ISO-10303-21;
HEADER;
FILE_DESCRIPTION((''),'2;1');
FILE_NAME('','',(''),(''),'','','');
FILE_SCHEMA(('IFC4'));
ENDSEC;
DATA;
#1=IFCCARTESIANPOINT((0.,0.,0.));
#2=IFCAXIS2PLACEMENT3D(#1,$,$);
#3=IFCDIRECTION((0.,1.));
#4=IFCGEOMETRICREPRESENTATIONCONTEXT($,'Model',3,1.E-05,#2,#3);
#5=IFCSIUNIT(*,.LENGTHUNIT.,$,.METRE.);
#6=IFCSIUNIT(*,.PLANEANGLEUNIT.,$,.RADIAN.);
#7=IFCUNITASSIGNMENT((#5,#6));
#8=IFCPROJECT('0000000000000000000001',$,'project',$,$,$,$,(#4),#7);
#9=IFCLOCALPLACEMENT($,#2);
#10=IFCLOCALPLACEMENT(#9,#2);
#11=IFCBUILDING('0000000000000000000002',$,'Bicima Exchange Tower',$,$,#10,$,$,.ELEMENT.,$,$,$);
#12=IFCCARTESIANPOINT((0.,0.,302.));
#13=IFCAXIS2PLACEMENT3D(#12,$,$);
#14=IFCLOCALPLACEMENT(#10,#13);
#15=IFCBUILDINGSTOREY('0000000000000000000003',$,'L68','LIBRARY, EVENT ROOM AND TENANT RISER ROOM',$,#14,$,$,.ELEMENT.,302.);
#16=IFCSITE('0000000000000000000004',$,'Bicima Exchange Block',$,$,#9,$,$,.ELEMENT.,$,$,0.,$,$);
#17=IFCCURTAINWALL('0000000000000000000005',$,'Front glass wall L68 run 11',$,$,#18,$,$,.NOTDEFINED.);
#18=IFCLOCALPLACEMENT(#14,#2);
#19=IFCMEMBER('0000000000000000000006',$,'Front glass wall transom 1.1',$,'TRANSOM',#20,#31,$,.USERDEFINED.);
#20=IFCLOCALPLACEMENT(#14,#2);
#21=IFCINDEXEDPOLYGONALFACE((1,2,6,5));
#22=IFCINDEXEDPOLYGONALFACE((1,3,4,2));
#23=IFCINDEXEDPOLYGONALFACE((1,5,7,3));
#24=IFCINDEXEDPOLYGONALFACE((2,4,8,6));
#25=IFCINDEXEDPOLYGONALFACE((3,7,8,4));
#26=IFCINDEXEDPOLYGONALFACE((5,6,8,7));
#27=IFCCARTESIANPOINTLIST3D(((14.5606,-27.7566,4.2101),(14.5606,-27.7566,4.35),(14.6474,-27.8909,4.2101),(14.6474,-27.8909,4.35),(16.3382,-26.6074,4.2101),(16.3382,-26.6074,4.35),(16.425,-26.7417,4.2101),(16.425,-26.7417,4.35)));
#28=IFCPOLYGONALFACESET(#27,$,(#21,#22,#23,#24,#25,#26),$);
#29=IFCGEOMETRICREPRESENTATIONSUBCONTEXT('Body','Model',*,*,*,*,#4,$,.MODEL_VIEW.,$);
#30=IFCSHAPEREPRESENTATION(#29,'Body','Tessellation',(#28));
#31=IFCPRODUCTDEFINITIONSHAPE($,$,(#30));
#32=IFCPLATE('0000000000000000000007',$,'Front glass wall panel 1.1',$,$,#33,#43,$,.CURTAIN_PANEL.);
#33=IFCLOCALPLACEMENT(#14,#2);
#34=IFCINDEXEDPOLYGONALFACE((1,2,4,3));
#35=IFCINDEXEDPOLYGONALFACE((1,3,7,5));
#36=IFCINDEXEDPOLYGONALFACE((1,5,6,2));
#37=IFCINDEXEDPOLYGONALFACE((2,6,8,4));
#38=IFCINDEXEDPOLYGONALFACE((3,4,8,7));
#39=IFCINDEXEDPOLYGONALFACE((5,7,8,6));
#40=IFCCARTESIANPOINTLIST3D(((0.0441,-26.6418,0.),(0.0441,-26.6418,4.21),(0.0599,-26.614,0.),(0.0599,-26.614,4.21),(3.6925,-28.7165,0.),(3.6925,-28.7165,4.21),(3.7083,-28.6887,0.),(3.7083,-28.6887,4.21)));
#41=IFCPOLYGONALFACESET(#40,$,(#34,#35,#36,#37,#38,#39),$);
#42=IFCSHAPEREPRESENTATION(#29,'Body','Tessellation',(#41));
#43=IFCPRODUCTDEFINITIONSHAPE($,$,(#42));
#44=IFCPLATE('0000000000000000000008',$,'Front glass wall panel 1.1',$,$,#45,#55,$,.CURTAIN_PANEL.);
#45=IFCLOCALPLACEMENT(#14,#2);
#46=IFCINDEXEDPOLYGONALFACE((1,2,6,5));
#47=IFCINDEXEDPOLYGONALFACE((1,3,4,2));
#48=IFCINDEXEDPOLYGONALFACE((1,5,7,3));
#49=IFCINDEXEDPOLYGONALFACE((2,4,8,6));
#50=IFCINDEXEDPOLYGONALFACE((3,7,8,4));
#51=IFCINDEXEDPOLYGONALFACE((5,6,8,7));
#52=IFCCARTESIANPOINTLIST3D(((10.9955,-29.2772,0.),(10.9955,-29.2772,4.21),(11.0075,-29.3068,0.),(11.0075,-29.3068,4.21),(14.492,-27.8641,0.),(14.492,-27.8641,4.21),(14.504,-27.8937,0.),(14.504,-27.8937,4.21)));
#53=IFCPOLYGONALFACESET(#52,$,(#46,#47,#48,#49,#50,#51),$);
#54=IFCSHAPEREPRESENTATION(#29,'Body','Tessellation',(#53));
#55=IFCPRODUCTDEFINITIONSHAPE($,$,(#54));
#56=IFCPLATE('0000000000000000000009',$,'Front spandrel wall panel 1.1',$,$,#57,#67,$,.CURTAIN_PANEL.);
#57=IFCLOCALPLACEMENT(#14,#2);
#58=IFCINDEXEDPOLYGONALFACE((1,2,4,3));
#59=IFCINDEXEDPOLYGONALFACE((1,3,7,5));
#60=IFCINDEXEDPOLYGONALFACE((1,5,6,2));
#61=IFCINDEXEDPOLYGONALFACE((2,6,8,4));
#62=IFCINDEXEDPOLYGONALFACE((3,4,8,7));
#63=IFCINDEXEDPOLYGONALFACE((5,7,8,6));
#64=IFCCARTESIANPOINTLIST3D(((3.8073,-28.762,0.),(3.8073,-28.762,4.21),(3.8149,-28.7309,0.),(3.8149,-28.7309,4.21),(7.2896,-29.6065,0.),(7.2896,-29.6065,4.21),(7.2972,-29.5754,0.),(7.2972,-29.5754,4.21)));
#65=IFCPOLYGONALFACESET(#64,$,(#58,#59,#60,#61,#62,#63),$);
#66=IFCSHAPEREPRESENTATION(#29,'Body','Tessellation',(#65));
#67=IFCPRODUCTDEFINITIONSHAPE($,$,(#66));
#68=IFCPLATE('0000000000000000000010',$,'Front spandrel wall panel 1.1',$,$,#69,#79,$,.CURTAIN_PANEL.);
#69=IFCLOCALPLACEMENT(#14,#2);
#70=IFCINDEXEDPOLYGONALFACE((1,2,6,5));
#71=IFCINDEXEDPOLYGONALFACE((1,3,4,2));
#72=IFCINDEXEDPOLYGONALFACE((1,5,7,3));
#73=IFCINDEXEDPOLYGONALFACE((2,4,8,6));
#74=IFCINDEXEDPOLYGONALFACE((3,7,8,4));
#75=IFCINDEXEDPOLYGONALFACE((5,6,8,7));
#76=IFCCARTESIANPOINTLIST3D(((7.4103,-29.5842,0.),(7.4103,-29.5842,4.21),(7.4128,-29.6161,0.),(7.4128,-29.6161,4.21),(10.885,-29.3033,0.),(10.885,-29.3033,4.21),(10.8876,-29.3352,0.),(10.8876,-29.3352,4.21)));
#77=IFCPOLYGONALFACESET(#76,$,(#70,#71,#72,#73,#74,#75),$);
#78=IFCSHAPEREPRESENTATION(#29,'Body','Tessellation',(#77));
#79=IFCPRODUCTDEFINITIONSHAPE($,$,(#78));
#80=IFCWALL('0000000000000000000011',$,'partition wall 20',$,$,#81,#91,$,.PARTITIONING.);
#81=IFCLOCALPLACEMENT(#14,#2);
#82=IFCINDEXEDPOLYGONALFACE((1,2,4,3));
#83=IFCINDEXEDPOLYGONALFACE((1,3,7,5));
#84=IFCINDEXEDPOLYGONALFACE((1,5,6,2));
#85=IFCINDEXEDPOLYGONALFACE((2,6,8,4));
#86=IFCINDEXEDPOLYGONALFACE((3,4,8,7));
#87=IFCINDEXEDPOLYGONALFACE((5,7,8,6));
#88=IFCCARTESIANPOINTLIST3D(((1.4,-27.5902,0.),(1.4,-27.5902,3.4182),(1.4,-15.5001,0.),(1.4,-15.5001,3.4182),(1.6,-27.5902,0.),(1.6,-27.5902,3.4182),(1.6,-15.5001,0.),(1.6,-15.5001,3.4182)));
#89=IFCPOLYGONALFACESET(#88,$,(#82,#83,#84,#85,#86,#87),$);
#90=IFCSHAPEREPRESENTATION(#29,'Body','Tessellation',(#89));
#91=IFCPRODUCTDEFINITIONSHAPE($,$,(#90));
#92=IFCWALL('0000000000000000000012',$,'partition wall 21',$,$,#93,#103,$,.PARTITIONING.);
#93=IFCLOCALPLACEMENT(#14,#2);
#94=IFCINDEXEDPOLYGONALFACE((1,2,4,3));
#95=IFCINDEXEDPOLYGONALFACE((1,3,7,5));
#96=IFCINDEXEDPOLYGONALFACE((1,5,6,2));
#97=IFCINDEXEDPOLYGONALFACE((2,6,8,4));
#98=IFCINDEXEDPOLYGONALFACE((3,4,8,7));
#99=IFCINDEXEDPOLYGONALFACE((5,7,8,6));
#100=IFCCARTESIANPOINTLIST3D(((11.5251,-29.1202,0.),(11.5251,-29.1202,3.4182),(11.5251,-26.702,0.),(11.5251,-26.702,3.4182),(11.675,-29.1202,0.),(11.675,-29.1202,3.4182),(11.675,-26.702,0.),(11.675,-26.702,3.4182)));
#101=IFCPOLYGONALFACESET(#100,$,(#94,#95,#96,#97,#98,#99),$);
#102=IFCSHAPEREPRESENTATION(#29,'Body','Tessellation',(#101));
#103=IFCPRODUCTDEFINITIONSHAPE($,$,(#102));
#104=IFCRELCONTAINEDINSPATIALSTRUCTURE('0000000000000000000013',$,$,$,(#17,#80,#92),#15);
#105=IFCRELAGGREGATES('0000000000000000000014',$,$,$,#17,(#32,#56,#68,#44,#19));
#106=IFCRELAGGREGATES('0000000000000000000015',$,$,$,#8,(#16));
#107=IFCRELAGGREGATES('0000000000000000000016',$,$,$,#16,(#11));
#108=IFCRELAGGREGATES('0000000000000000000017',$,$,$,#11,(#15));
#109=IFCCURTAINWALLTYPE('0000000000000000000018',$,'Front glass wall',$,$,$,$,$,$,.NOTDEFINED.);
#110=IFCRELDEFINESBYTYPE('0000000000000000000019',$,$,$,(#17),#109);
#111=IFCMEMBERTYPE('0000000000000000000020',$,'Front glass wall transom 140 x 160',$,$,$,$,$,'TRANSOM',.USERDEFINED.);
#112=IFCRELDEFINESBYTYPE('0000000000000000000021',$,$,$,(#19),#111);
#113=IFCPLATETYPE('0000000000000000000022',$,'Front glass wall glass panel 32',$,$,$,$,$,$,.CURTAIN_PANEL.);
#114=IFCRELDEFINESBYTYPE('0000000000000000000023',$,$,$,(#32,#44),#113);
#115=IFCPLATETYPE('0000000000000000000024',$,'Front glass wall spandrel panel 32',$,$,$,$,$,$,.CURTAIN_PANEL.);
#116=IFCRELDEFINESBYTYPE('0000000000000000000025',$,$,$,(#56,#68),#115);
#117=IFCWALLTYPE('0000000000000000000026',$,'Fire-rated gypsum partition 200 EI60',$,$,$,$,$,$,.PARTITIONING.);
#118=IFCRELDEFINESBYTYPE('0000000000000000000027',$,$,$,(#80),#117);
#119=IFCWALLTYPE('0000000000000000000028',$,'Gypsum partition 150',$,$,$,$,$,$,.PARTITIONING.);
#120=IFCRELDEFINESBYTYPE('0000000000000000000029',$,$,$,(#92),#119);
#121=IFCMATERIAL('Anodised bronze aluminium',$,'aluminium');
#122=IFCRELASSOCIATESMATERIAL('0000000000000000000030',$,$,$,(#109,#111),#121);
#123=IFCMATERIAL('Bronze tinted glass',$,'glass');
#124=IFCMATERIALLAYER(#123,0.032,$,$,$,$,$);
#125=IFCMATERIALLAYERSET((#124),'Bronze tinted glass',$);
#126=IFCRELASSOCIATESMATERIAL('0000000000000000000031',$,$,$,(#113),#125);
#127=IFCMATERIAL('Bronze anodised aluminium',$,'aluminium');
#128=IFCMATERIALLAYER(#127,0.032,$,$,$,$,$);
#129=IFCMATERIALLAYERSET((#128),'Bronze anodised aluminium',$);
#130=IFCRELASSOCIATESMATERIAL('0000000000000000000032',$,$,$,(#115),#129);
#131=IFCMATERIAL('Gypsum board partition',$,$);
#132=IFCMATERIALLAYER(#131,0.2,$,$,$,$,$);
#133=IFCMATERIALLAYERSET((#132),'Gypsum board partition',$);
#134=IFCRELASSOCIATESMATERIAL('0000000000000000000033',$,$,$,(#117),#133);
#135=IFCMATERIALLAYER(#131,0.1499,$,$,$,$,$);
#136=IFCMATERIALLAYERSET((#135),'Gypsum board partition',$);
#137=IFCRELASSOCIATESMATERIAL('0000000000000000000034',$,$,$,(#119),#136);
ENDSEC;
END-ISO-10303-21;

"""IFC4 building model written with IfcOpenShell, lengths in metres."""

from ifc_helpers import new_model, si_unit, direction, frame, frame_2d, origin, origin_2d, place, context, subcontext, project, spatial, rectangle, extrude, material, layer, layer_set, material_profile, profile_set, type_object, element, aggregate, save


model = new_model("IFC4")

# Units and contexts
model_context = context("Model", 3, precision=1e-05, world=origin(), true_north=direction((0.0, 1.0)))
body_context = subcontext(model_context, "Body", "Model", "MODEL_VIEW")
ifc_project = project(units=[si_unit("LENGTHUNIT", "METRE"), si_unit("PLANEANGLEUNIT", "RADIAN")], contexts=[model_context])

# Site, building, storey
site_placement = place(None, origin())
site = spatial("IfcSite", under=ifc_project, at=site_placement, Name="Bicima Exchange Block", CompositionType="ELEMENT", RefElevation=0.0)
building_placement = place(site_placement, origin())
building = spatial("IfcBuilding", under=site, at=building_placement, Name="Bicima Exchange Tower", CompositionType="ELEMENT")
storey_placement = place(building_placement, frame((0.0, 0.0, 302.0)))
storey = spatial("IfcBuildingStorey", under=building, at=storey_placement, Name="L68", Description="LIBRARY, EVENT ROOM AND TENANT RISER ROOM", CompositionType="ELEMENT", Elevation=302.0)

# Curtain wall, member, plates
ifc_material_1 = material(Name="Anodised bronze aluminium", Category="aluminium")
curtain_wall_type = type_object("IfcCurtainWallType", Name="Front glass wall", PredefinedType="NOTDEFINED", material=ifc_material_1)
curtain_wall_placement = place(storey_placement, origin())
curtain_wall = element("IfcCurtainWall", 1, at=curtain_wall_placement, inside=storey, type_object=curtain_wall_type, Name="Front glass wall L68 run 11", PredefinedType="NOTDEFINED")
ifc_material_profile_1 = material_profile(ifc_material_1, rectangle(XDim=0.1599, YDim=0.1399, at=origin_2d()))
ifc_profile_set_1 = profile_set([ifc_material_profile_1], Name="Anodised bronze aluminium")
member_type_1 = type_object("IfcMemberType", Name="Front glass wall transom 140 x 160", ElementType="TRANSOM", PredefinedType="USERDEFINED", material=ifc_profile_set_1)
member_1_placement = place(storey_placement, frame((14.604, -27.8237, 4.28), z_axis=(0.839793, 0.542907, 0.0), x_axis=(-0.542907, 0.839793, 0.0)))
member_1 = element("IfcMember", 2, at=member_1_placement, type_object=member_type_1, Name="Front glass wall transom 1.1", ObjectType="TRANSOM", PredefinedType="USERDEFINED", context=body_context, shape_type="SweptSolid", body=[
    extrude(rectangle(XDim=0.1599, YDim=0.1399, at=origin_2d()), origin(), (0.0, 0.0, 1.0), 2.1167),
])
ifc_material_2 = material(Name="Bronze tinted glass", Category="glass")
ifc_layer_1 = layer(ifc_material_2, 0.032)
ifc_layer_set_1 = layer_set([ifc_layer_1], Name="Bronze tinted glass")
plate_type_1 = type_object("IfcPlateType", Name="Front glass wall glass panel 32", PredefinedType="CURTAIN_PANEL", material=ifc_layer_set_1)
plate_1_placement = place(storey_placement, frame((1.8762, -27.6653, 0.0), z_axis=(0.0, 0.0, 1.0), x_axis=(0.869274, -0.49433, 0.0)))
plate_1 = element("IfcPlate", 3, at=plate_1_placement, type_object=plate_type_1, Name="Front glass wall panel 1.1", PredefinedType="CURTAIN_PANEL", context=body_context, shape_type="SweptSolid", body=[
    extrude(rectangle(XDim=4.197, YDim=0.032, at=origin_2d()), origin(), (0.0, 0.0, 1.0), 4.21),
])
plate_2_placement = place(storey_placement, frame((12.7498, -28.5854, 0.0), z_axis=(0.0, 0.0, 1.0), x_axis=(0.927144, 0.374705, 0.0)))
plate_2 = element("IfcPlate", 4, at=plate_2_placement, type_object=plate_type_1, Name="Front glass wall panel 1.1", PredefinedType="CURTAIN_PANEL", context=body_context, shape_type="SweptSolid", body=[
    extrude(rectangle(XDim=3.7712, YDim=0.032, at=origin_2d()), origin(), (0.0, 0.0, 1.0), 4.21),
])
ifc_material_3 = material(Name="Bronze anodised aluminium", Category="aluminium")
ifc_layer_2 = layer(ifc_material_3, 0.032)
ifc_layer_set_2 = layer_set([ifc_layer_2], Name="Bronze anodised aluminium")
plate_type_2 = type_object("IfcPlateType", Name="Front glass wall spandrel panel 32", PredefinedType="CURTAIN_PANEL", material=ifc_layer_set_2)
plate_3_placement = place(storey_placement, frame((5.5522, -29.1687, 0.0), z_axis=(0.0, 0.0, 1.0), x_axis=(0.97183, -0.235682, 0.0)))
plate_3 = element("IfcPlate", 5, at=plate_3_placement, type_object=plate_type_2, Name="Front spandrel wall panel 1.1", PredefinedType="CURTAIN_PANEL", context=body_context, shape_type="SweptSolid", body=[
    extrude(rectangle(XDim=3.5833, YDim=0.032, at=origin_2d()), origin(), (0.0, 0.0, 1.0), 4.21),
])
plate_4_placement = place(storey_placement, frame((9.1489, -29.4597, 0.0), z_axis=(0.0, 0.0, 1.0), x_axis=(0.996747, 0.080589, 0.0)))
plate_4 = element("IfcPlate", 6, at=plate_4_placement, type_object=plate_type_2, Name="Front spandrel wall panel 1.1", PredefinedType="CURTAIN_PANEL", context=body_context, shape_type="SweptSolid", body=[
    extrude(rectangle(XDim=3.4861, YDim=0.032, at=origin_2d()), origin(), (0.0, 0.0, 1.0), 4.21),
])
aggregate(curtain_wall, [plate_1, plate_3, plate_4, plate_2, member_1])

# Walls
ifc_material_4 = material(Name="Gypsum board partition")
ifc_layer_3 = layer(ifc_material_4, 0.2)
ifc_layer_set_3 = layer_set([ifc_layer_3], Name="Gypsum board partition")
wall_type_1 = type_object("IfcWallType", Name="Fire-rated gypsum partition 200 EI60", PredefinedType="PARTITIONING", material=ifc_layer_set_3)
wall_1_placement = place(storey_placement, frame((1.5, -27.5901, 0.0), z_axis=(0.0, 0.0, 1.0), x_axis=(0.0, 1.0, 0.0)))
element("IfcWall", 7, at=wall_1_placement, inside=storey, type_object=wall_type_1, Name="partition wall 20", PredefinedType="PARTITIONING", context=body_context, shape_type="SweptSolid", body=[
    extrude(rectangle(XDim=12.0901, YDim=0.2, at=frame_2d((6.0449, 0.0))), origin(), (0.0, 0.0, 1.0), 3.4182),
])
ifc_layer_4 = layer(ifc_material_4, 0.1499)
ifc_layer_set_4 = layer_set([ifc_layer_4], Name="Gypsum board partition")
wall_type_2 = type_object("IfcWallType", Name="Gypsum partition 150", PredefinedType="PARTITIONING", material=ifc_layer_set_4)
wall_2_placement = place(storey_placement, frame((11.6001, -29.1201, 0.0), z_axis=(0.0, 0.0, 1.0), x_axis=(0.0, 1.0, 0.0)))
element("IfcWall", 8, at=wall_2_placement, inside=storey, type_object=wall_type_2, Name="partition wall 21", PredefinedType="PARTITIONING", context=body_context, shape_type="SweptSolid", body=[
    extrude(rectangle(XDim=2.4182, YDim=0.1499, at=frame_2d((1.209, 0.0))), origin(), (0.0, 0.0, 1.0), 3.4182),
])

save(model, "model.ifc")
